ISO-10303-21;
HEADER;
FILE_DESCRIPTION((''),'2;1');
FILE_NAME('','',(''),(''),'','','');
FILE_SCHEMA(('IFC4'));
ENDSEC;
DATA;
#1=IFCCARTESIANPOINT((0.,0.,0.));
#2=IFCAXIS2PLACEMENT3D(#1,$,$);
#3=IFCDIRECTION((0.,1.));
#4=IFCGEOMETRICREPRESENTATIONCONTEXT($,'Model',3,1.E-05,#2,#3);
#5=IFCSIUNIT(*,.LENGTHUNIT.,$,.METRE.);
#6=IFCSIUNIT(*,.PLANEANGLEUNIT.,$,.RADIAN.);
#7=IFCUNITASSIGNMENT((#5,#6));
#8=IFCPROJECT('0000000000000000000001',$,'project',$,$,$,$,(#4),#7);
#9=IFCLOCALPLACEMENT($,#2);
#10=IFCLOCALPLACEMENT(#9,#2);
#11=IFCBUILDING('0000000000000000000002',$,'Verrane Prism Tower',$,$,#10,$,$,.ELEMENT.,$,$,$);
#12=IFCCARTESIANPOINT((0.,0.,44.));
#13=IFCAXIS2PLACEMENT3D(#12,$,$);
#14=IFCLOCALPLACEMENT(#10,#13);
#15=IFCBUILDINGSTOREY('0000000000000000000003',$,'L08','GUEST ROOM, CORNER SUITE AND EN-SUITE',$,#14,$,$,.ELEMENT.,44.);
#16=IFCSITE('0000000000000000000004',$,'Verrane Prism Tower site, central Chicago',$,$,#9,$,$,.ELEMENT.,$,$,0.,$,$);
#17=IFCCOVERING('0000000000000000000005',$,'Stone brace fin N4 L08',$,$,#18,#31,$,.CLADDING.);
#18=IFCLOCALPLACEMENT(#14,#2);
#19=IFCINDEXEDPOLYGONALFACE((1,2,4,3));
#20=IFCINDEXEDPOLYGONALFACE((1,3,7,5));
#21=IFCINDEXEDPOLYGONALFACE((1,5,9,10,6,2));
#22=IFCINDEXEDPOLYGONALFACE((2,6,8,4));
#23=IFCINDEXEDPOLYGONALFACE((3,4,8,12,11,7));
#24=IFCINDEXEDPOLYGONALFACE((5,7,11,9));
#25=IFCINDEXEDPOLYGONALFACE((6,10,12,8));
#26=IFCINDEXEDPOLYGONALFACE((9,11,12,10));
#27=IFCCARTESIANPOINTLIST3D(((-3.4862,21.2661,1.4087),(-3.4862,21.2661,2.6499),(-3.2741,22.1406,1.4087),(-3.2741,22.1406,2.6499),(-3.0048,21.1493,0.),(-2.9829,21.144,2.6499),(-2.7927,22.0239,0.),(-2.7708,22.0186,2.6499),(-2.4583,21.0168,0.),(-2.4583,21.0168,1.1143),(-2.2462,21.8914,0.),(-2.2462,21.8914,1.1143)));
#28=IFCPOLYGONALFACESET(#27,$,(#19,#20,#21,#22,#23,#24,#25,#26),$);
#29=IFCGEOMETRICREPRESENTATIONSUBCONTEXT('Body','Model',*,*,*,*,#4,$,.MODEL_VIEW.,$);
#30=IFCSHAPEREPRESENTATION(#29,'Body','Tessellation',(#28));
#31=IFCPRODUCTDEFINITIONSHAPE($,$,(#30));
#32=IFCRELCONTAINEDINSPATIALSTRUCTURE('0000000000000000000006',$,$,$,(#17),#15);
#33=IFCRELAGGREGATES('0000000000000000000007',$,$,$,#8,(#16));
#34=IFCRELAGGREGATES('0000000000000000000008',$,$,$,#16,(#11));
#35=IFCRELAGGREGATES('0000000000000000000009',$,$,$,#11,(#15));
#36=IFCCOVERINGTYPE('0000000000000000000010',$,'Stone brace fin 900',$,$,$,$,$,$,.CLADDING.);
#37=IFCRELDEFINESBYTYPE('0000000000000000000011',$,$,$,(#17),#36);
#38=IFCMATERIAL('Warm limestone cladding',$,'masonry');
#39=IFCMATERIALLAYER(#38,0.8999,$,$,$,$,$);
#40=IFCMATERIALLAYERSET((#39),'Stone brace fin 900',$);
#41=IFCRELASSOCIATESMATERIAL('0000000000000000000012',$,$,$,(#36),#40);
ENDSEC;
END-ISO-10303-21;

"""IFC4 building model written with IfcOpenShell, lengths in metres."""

from ifc_helpers import new_model, si_unit, direction, frame, origin, place, context, subcontext, project, spatial, polyline, outline, extrude, material, layer, layer_set, type_object, element, save


model = new_model("IFC4")

# Units and contexts
model_context = context("Model", 3, precision=1e-05, world=origin(), true_north=direction((0.0, 1.0)))
body_context = subcontext(model_context, "Body", "Model", "MODEL_VIEW")
ifc_project = project(units=[si_unit("LENGTHUNIT", "METRE"), si_unit("PLANEANGLEUNIT", "RADIAN")], contexts=[model_context])

# Site, building, storey
site_placement = place(None, origin())
site = spatial("IfcSite", under=ifc_project, at=site_placement, Name="Verrane Prism Tower site, central Chicago", CompositionType="ELEMENT", RefElevation=0.0)
building_placement = place(site_placement, origin())
building = spatial("IfcBuilding", under=site, at=building_placement, Name="Verrane Prism Tower", CompositionType="ELEMENT")
storey_placement = place(building_placement, frame((0.0, 0.0, 44.0)))
storey = spatial("IfcBuildingStorey", under=building, at=storey_placement, Name="L08", Description="GUEST ROOM, CORNER SUITE AND EN-SUITE", CompositionType="ELEMENT", Elevation=44.0)

# Covering
ifc_material_1 = material(Name="Warm limestone cladding", Category="masonry")
ifc_layer_1 = layer(ifc_material_1, 0.8999)
ifc_layer_set_1 = layer_set([ifc_layer_1], Name="Stone brace fin 900")
covering_type = type_object("IfcCoveringType", Name="Stone brace fin 900", PredefinedType="CLADDING", material=ifc_layer_set_1)
covering_placement = place(storey_placement, frame((-2.3523, 21.4541, 0.0), z_axis=(0.0, 0.0, 1.0), x_axis=(-0.971829, 0.235686, 0.0)))
element("IfcCovering", 1, at=covering_placement, inside=storey, type_object=covering_type, Name="Stone brace fin N4 L08", PredefinedType="CLADDING", context=body_context, shape_type="SweptSolid", body=[
    extrude(outline(polyline([(1.0576, 2.6499), (0.5398, 2.6499), (0.0, 1.1143), (0.0, 0.0), (0.5623, 0.0), (1.0576, 1.4087), (1.0576, 2.6499)])), frame((0.0, 0.45, 0.0), z_axis=(0.0, -1.0, 0.0), x_axis=(1.0, 0.0, 0.0)), (0.0, 0.0, 1.0), 0.8999),
])

save(model, "model.ifc")
